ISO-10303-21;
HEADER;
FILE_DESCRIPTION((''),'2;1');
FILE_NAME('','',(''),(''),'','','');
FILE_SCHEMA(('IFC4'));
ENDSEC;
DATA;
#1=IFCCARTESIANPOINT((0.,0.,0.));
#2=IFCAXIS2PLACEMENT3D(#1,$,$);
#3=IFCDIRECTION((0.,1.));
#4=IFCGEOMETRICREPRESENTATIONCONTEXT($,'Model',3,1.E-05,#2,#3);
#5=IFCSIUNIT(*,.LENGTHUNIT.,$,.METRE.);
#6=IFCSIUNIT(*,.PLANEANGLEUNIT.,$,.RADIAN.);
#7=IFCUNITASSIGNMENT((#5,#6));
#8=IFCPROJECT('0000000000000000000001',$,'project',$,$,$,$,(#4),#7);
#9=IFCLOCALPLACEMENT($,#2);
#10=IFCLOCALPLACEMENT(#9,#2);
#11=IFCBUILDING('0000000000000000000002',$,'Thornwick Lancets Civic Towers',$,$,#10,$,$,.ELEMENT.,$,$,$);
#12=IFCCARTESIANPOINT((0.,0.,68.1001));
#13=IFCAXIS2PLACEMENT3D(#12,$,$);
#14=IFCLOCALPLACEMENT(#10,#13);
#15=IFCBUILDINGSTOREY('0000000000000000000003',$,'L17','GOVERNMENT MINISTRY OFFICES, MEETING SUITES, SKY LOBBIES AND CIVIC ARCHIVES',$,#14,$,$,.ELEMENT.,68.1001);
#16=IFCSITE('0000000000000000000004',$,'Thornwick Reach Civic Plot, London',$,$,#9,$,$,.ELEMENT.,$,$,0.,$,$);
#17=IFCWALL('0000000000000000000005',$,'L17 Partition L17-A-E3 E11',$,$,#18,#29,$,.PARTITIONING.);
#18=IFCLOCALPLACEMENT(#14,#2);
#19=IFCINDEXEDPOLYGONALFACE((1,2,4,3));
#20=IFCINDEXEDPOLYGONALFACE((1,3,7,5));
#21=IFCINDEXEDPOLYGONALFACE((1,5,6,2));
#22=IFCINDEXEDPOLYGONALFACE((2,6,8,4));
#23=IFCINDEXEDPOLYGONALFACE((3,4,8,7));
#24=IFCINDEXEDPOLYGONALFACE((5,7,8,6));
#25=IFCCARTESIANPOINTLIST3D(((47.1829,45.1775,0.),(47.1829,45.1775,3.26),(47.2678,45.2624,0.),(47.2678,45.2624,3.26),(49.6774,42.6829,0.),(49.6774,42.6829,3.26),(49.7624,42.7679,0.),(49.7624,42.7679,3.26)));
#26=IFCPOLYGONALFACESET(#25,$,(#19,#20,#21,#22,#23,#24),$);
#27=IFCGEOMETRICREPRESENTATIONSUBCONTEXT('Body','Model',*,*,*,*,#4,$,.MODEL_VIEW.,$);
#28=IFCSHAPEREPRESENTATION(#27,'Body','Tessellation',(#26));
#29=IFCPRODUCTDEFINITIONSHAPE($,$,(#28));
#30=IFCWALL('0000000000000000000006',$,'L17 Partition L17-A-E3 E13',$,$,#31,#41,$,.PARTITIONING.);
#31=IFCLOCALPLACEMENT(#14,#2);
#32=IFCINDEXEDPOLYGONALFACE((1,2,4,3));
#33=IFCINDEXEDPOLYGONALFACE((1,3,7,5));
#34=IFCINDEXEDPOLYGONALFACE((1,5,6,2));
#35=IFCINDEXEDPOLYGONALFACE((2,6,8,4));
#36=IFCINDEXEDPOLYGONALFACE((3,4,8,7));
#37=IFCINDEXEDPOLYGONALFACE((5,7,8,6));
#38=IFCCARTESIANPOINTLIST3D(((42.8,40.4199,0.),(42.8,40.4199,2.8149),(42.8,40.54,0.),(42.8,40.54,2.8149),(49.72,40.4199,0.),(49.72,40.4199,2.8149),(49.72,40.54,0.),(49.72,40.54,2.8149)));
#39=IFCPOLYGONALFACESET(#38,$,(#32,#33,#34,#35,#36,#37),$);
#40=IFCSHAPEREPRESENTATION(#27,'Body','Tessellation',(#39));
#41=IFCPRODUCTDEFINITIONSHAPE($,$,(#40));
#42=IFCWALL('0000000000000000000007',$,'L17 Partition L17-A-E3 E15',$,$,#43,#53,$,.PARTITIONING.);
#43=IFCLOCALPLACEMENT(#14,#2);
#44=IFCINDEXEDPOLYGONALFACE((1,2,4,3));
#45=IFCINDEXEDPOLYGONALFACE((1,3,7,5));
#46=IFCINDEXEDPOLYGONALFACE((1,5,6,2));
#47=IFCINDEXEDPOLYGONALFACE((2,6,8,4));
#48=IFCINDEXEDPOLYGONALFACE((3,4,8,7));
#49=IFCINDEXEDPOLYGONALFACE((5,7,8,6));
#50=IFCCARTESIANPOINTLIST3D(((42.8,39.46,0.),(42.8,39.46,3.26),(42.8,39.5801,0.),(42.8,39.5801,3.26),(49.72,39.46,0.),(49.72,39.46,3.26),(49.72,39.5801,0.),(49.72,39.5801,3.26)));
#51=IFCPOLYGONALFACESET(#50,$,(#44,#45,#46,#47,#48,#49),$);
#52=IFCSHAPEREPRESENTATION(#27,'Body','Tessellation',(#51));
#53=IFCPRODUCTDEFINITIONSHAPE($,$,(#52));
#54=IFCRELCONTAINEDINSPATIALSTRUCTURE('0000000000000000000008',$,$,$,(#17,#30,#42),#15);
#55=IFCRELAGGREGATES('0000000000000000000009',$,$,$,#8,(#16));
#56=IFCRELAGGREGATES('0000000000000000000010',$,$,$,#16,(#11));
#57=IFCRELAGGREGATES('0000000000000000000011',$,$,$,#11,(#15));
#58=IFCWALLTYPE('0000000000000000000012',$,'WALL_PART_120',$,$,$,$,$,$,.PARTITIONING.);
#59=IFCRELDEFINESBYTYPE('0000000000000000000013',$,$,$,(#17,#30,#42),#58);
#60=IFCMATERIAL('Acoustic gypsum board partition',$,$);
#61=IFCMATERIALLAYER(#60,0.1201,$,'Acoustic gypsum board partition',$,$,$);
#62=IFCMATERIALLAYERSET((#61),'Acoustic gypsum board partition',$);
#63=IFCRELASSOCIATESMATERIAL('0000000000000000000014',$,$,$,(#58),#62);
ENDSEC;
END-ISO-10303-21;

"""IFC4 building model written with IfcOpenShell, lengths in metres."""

from ifc_helpers import new_model, si_unit, direction, frame, frame_2d, origin, place, context, subcontext, project, spatial, rectangle, extrude, material, layer, layer_set, type_object, element, save


model = new_model("IFC4")

# Units and contexts
model_context = context("Model", 3, precision=1e-05, world=origin(), true_north=direction((0.0, 1.0)))
body_context = subcontext(model_context, "Body", "Model", "MODEL_VIEW")
ifc_project = project(units=[si_unit("LENGTHUNIT", "METRE"), si_unit("PLANEANGLEUNIT", "RADIAN")], contexts=[model_context])

# Site, building, storey
site_placement = place(None, origin())
site = spatial("IfcSite", under=ifc_project, at=site_placement, Name="Thornwick Reach Civic Plot, London", CompositionType="ELEMENT", RefElevation=0.0)
building_placement = place(site_placement, origin())
building = spatial("IfcBuilding", under=site, at=building_placement, Name="Thornwick Lancets Civic Towers", CompositionType="ELEMENT")
storey_placement = place(building_placement, frame((0.0, 0.0, 68.1001)))
storey = spatial("IfcBuildingStorey", under=building, at=storey_placement, Name="L17", Description="GOVERNMENT MINISTRY OFFICES, MEETING SUITES, SKY LOBBIES AND CIVIC ARCHIVES", CompositionType="ELEMENT", Elevation=68.1001)

# Walls
ifc_material_1 = material(Name="Acoustic gypsum board partition")
ifc_layer_1 = layer(ifc_material_1, 0.1201, Name="Acoustic gypsum board partition")
ifc_layer_set_1 = layer_set([ifc_layer_1], Name="Acoustic gypsum board partition")
wall_type_1 = type_object("IfcWallType", Name="WALL_PART_120", PredefinedType="PARTITIONING", material=ifc_layer_set_1)
wall_1_placement = place(storey_placement, frame((47.2253, 45.22, 0.0), z_axis=(0.0, 0.0, 1.0), x_axis=(0.707107, -0.707107, 0.0)))
element("IfcWall", 1, at=wall_1_placement, inside=storey, type_object=wall_type_1, Name="L17 Partition L17-A-E3 E11", PredefinedType="PARTITIONING", context=body_context, shape_type="SweptSolid", body=[
    extrude(rectangle(XDim=3.5278, YDim=0.1201, at=frame_2d((1.7639, 0.0))), origin(), (0.0, 0.0, 1.0), 3.26),
])
wall_2_placement = place(storey_placement, frame((49.72, 40.48, 0.0), z_axis=(0.0, 0.0, 1.0), x_axis=(-1.0, 0.0, 0.0)))
element("IfcWall", 2, at=wall_2_placement, inside=storey, type_object=wall_type_1, Name="L17 Partition L17-A-E3 E13", PredefinedType="PARTITIONING", context=body_context, shape_type="SweptSolid", body=[
    extrude(rectangle(XDim=6.9199, YDim=0.1201, at=frame_2d((3.46, 0.0))), origin(), (0.0, 0.0, 1.0), 2.8149),
])
wall_3_placement = place(storey_placement, frame((42.8, 39.52, 0.0), z_axis=(0.0, 0.0, 1.0), x_axis=(1.0, 0.0, 0.0)))
element("IfcWall", 3, at=wall_3_placement, inside=storey, type_object=wall_type_1, Name="L17 Partition L17-A-E3 E15", PredefinedType="PARTITIONING", context=body_context, shape_type="SweptSolid", body=[
    extrude(rectangle(XDim=6.9199, YDim=0.1201, at=frame_2d((3.46, 0.0))), origin(), (0.0, 0.0, 1.0), 3.26),
])

save(model, "model.ifc")
